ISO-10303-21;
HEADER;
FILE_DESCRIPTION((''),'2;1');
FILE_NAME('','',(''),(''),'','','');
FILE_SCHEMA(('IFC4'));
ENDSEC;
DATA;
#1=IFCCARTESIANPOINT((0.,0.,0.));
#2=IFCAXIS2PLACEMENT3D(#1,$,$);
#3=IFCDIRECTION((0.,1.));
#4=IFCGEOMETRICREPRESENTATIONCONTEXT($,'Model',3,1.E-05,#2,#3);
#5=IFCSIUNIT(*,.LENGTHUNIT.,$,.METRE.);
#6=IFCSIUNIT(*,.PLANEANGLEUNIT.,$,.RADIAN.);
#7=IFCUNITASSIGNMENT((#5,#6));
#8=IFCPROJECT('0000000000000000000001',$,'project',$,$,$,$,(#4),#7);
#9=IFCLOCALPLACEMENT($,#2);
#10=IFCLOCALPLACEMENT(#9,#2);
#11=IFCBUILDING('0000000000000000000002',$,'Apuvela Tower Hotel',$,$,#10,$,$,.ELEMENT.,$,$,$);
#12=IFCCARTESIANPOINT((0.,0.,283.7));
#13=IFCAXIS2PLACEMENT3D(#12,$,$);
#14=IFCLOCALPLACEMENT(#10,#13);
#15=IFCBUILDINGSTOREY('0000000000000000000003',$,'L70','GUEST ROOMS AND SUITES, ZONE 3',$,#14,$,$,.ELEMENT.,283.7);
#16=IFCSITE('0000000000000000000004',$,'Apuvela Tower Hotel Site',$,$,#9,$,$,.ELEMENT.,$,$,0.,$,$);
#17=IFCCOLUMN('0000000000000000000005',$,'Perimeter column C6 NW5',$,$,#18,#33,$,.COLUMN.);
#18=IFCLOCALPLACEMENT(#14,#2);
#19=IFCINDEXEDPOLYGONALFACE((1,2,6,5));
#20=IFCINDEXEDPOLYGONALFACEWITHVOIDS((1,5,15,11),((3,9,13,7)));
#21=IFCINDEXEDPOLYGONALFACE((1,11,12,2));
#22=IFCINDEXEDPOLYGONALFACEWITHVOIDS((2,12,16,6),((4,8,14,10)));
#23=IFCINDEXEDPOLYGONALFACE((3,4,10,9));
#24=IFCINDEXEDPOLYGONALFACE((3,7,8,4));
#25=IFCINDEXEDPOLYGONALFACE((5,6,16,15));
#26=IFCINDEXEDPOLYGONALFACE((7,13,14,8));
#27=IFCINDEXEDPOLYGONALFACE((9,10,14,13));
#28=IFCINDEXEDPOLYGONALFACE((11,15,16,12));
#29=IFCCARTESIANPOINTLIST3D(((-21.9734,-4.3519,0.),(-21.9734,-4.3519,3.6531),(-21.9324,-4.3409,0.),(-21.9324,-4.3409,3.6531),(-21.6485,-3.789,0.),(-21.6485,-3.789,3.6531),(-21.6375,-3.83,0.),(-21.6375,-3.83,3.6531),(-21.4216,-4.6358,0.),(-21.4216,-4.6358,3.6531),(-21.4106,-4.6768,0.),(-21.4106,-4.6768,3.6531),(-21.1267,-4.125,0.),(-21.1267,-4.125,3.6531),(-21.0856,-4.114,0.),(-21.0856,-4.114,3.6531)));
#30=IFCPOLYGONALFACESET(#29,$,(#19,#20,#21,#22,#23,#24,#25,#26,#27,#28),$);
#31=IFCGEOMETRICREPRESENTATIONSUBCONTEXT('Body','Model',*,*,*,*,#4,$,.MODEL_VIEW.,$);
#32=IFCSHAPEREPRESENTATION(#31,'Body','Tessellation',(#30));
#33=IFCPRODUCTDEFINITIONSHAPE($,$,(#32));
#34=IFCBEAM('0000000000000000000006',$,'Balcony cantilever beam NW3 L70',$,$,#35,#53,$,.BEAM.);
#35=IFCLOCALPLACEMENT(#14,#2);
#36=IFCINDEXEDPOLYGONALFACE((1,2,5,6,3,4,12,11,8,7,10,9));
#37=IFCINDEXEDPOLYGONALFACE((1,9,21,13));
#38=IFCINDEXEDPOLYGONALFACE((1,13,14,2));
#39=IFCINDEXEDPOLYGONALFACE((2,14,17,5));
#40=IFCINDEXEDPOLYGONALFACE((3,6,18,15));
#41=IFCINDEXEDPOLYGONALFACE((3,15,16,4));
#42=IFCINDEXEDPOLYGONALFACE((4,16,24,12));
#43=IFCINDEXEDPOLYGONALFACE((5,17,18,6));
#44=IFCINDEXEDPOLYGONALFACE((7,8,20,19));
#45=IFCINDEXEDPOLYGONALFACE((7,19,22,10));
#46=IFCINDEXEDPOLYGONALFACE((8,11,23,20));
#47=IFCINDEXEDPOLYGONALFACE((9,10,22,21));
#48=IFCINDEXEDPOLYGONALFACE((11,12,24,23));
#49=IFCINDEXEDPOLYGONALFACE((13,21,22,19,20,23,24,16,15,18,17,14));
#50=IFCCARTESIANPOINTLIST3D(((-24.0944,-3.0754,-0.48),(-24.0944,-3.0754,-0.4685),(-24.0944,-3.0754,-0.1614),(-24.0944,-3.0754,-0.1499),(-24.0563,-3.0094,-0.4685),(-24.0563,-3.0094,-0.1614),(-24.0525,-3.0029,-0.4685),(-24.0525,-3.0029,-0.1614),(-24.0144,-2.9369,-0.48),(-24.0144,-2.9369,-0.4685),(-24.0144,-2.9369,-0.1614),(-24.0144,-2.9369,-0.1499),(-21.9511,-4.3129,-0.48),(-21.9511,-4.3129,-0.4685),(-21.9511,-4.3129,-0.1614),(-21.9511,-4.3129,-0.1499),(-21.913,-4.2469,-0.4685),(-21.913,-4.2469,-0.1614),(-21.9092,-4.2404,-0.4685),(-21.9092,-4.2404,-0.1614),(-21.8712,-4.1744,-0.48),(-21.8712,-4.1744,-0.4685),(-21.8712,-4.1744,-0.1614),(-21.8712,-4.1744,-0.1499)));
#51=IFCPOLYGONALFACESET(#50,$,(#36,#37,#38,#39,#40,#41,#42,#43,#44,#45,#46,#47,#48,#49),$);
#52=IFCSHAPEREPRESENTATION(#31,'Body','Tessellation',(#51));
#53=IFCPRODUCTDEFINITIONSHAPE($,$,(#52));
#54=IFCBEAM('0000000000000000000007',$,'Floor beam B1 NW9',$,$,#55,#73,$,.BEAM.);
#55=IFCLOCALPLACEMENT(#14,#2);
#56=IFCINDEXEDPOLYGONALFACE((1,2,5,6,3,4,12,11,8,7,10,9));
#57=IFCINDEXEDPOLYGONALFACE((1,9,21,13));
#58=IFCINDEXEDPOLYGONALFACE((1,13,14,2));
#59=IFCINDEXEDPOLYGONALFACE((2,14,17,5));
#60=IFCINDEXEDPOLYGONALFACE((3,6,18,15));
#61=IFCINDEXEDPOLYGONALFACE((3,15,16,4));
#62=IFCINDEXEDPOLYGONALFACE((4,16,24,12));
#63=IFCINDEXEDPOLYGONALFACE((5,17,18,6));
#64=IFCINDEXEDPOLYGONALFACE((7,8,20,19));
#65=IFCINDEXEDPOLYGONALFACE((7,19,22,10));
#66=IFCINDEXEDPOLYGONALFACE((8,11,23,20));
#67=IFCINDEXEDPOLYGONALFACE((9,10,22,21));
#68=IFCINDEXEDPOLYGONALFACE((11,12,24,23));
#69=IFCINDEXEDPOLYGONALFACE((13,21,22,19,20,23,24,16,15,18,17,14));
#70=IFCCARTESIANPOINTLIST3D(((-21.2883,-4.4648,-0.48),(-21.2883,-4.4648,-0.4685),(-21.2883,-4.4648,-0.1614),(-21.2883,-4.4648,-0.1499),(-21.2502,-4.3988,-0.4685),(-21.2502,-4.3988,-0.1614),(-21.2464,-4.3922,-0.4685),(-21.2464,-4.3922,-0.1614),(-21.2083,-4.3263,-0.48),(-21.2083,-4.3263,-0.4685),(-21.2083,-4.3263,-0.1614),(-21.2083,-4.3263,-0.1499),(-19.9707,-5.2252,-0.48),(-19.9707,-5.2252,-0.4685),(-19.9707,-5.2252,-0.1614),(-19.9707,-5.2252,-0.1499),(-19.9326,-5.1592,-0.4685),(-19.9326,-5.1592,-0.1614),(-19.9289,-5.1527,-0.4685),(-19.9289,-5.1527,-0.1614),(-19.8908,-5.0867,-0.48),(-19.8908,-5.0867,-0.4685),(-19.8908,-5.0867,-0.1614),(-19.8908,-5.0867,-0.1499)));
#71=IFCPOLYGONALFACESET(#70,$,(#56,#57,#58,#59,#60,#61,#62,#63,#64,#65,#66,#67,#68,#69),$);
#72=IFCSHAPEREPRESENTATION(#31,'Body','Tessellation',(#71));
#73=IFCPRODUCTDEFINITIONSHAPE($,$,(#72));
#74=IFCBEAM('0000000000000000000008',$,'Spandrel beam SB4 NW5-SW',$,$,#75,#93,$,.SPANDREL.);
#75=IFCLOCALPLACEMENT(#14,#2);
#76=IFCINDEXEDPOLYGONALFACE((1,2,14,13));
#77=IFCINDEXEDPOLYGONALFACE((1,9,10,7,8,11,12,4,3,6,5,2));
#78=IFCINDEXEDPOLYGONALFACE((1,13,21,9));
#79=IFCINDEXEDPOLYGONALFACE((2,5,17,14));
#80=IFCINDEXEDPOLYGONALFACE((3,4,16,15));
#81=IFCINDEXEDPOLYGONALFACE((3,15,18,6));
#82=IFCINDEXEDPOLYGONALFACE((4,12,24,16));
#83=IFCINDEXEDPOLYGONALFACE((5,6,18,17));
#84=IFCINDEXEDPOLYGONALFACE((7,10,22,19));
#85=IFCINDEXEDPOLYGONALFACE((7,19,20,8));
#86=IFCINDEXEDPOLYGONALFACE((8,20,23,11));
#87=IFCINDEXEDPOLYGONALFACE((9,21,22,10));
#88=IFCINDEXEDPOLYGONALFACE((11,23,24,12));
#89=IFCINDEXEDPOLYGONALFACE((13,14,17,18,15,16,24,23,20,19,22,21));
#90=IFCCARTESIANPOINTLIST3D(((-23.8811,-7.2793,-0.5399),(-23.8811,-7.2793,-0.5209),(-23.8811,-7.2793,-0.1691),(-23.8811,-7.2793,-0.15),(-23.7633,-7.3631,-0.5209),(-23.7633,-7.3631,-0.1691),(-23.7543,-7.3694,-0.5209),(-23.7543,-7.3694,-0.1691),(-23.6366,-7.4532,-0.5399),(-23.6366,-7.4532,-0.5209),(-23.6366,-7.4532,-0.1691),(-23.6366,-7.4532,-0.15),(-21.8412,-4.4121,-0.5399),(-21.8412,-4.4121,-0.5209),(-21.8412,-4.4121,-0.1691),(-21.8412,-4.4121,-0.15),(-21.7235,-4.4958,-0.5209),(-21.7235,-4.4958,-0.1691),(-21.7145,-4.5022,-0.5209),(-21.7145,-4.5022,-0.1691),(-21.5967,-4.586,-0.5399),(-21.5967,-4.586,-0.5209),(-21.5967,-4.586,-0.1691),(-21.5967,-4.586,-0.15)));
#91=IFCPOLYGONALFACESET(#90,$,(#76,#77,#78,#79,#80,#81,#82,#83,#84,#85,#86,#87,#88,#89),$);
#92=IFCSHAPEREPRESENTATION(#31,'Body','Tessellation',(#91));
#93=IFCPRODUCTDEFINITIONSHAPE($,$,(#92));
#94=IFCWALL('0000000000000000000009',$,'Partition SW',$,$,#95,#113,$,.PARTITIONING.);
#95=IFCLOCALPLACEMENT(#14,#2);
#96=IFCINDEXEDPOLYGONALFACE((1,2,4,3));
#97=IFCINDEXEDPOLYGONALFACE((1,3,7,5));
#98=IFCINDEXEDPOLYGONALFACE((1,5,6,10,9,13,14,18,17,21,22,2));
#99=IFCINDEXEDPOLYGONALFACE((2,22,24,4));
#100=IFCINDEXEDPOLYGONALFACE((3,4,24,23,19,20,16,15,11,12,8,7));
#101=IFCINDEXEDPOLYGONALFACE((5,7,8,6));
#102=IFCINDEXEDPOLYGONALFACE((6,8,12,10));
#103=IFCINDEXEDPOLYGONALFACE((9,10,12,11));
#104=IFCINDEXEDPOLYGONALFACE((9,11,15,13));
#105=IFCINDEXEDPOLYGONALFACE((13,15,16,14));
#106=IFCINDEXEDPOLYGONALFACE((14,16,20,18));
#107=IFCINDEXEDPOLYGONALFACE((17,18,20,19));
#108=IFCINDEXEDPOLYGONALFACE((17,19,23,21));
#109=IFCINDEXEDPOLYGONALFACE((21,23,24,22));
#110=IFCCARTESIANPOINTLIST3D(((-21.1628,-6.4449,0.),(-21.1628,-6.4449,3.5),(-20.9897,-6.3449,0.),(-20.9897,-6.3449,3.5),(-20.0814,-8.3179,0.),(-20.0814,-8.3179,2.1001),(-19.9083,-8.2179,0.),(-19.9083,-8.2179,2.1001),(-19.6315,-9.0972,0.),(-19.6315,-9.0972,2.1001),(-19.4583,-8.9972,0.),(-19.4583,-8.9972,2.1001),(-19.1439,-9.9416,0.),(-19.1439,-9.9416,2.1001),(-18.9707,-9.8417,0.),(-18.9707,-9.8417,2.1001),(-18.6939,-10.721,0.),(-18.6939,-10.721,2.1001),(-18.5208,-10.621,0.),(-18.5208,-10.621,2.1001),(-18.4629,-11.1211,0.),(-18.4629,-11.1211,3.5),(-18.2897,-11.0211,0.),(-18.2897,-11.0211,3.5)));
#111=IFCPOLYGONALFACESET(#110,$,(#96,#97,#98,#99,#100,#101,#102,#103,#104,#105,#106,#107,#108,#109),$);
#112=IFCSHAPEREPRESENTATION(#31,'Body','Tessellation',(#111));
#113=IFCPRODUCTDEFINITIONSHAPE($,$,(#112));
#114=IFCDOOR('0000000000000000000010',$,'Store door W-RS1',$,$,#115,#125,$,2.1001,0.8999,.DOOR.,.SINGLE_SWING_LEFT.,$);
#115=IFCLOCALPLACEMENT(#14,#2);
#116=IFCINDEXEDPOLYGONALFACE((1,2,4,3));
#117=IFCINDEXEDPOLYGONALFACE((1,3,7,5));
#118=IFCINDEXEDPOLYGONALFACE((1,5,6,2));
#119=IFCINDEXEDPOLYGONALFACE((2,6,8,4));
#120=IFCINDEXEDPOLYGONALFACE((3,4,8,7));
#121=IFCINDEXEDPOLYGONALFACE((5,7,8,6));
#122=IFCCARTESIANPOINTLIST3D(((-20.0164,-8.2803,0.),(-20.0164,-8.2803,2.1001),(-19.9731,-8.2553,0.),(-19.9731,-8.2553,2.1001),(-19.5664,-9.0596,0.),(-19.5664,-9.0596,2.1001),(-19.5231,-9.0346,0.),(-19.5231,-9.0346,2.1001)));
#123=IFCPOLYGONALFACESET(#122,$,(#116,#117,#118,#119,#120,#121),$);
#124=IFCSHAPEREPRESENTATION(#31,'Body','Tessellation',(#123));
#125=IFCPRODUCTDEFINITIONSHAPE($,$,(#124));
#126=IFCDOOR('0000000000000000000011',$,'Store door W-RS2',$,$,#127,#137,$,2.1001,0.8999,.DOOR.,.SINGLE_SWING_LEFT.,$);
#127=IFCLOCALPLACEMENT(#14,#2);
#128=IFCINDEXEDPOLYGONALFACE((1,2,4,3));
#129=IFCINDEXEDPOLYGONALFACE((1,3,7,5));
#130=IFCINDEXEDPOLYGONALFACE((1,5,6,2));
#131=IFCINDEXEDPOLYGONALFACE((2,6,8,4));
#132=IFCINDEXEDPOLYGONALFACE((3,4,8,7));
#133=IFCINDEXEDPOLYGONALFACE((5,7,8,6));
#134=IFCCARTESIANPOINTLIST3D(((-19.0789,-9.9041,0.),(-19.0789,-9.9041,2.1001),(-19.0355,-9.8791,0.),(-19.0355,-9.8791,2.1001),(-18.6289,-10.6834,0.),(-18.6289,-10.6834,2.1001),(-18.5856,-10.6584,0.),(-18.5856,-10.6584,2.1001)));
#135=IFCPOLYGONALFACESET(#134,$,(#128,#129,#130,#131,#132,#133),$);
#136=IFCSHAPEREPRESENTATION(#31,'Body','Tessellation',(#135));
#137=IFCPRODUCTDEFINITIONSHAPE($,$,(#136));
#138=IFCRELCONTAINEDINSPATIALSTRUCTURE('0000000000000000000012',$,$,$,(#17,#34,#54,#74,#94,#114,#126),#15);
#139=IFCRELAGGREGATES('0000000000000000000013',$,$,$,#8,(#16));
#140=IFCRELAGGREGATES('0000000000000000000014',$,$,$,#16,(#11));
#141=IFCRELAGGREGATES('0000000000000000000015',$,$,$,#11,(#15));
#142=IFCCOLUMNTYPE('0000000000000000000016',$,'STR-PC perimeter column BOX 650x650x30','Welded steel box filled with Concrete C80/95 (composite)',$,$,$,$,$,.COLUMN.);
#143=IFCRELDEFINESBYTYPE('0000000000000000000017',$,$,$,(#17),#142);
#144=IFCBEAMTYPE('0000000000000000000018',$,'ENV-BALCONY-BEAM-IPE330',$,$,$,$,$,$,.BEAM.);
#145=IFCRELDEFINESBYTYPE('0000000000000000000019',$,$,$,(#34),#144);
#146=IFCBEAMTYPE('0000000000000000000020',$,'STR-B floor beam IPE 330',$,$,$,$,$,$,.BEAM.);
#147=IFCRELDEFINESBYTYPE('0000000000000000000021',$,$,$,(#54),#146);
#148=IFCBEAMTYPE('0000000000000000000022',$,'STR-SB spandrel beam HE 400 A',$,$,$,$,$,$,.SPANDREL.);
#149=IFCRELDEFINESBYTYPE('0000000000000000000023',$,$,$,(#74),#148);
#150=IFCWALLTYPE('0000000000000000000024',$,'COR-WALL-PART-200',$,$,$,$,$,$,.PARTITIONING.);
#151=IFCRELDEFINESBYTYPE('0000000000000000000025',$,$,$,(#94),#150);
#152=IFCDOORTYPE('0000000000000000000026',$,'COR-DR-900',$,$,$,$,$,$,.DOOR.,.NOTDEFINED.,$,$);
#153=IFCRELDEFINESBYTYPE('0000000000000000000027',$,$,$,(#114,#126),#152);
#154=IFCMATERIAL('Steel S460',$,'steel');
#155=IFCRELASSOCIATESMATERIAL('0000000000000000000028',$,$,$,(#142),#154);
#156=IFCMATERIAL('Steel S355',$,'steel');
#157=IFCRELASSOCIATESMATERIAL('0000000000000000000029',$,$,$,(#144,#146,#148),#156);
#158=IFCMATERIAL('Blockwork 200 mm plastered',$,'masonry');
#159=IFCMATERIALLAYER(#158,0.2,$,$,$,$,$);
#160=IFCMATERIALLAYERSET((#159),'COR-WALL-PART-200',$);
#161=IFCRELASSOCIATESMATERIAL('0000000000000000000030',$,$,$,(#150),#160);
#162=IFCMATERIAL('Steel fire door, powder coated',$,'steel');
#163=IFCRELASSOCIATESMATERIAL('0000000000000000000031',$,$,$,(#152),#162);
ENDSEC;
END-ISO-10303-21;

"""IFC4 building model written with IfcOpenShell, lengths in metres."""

from ifc_helpers import new_model, si_unit, direction, frame, frame_2d, origin, origin_2d, place, context, subcontext, project, spatial, rectangle, hollow_rectangle, i_section, extrude, boolean, halfspace, material, layer, layer_set, material_profile, profile_set, type_object, element, fill, save


model = new_model("IFC4")

# Units and contexts
model_context = context("Model", 3, precision=1e-05, world=origin(), true_north=direction((0.0, 1.0)))
body_context = subcontext(model_context, "Body", "Model", "MODEL_VIEW")
ifc_project = project(units=[si_unit("LENGTHUNIT", "METRE"), si_unit("PLANEANGLEUNIT", "RADIAN")], contexts=[model_context])

# Site, building, storey
site_placement = place(None, origin())
site = spatial("IfcSite", under=ifc_project, at=site_placement, Name="Apuvela Tower Hotel Site", CompositionType="ELEMENT", RefElevation=0.0)
building_placement = place(site_placement, origin())
building = spatial("IfcBuilding", under=site, at=building_placement, Name="Apuvela Tower Hotel", CompositionType="ELEMENT")
storey_placement = place(building_placement, frame((0.0, 0.0, 283.7)))
storey = spatial("IfcBuildingStorey", under=building, at=storey_placement, Name="L70", Description="GUEST ROOMS AND SUITES, ZONE 3", CompositionType="ELEMENT", Elevation=283.7)

# Column
ifc_material_1 = material(Name="Steel S460", Category="steel")
ifc_material_profile_1 = material_profile(ifc_material_1, hollow_rectangle(XDim=0.6499, YDim=0.6499, WallThickness=0.03, at=origin_2d()), Name="BOX 650x650x30")
ifc_material_2 = material(Name="Concrete C80/95", Category="concrete")
ifc_material_profile_2 = material_profile(ifc_material_2, rectangle(XDim=0.5901, YDim=0.5901, at=origin_2d()), Name="Concrete C80/95 infill")
ifc_profile_set_1 = profile_set([ifc_material_profile_1, ifc_material_profile_2], Name="Steel S460")
column_type = type_object("IfcColumnType", Name="STR-PC perimeter column BOX 650x650x30", Description="Welded steel box filled with Concrete C80/95 (composite)", PredefinedType="COLUMN", material=ifc_profile_set_1)
column_placement = place(storey_placement, frame((-21.5295, -4.2329, 0.0), z_axis=(0.0, 0.0, 1.0), x_axis=(0.5, 0.866025, 0.0)))
element("IfcColumn", 1, at=column_placement, inside=storey, type_object=column_type, Name="Perimeter column C6 NW5", PredefinedType="COLUMN", context=body_context, shape_type="SweptSolid", body=[
    boolean("DIFFERENCE", extrude(hollow_rectangle(XDim=0.6499, YDim=0.6499, WallThickness=0.03, at=origin_2d()), origin(), (0.0, 0.0, 1.0), 3.7), halfspace(frame((0.0, 0.0, 3.6531), z_axis=(0.0, 0.0, 1.0), x_axis=(1.0, 0.0, 0.0)), False)),
])

# Beams
ifc_material_3 = material(Name="Steel S355", Category="steel")
ifc_material_profile_3 = material_profile(ifc_material_3, i_section(OverallWidth=0.1599, OverallDepth=0.3301, WebThickness=0.0076, FlangeThickness=0.0115, at=origin_2d()), Name="IPE 330")
ifc_profile_set_2 = profile_set([ifc_material_profile_3], Name="Steel S355")
beam_type_1 = type_object("IfcBeamType", Name="ENV-BALCONY-BEAM-IPE330", PredefinedType="BEAM", material=ifc_profile_set_2)
beam_1_placement = place(storey_placement, frame((-21.9111, -4.2437, -0.3149), z_axis=(-0.866007, 0.500033, 0.0), x_axis=(-0.500033, -0.866007, 0.0)))
element("IfcBeam", 2, at=beam_1_placement, inside=storey, type_object=beam_type_1, Name="Balcony cantilever beam NW3 L70", PredefinedType="BEAM", context=body_context, shape_type="SweptSolid", body=[
    extrude(i_section(OverallWidth=0.1599, OverallDepth=0.3301, WebThickness=0.0076, FlangeThickness=0.0115, at=origin_2d()), origin(), (0.0, 0.0, 1.0), 2.4749),
])
ifc_material_profile_4 = material_profile(ifc_material_3, i_section(OverallWidth=0.1599, OverallDepth=0.3301, WebThickness=0.0076, FlangeThickness=0.0115, at=origin_2d()), Name="IPE 330")
ifc_profile_set_3 = profile_set([ifc_material_profile_4], Name="Steel S355")
beam_type_2 = type_object("IfcBeamType", Name="STR-B floor beam IPE 330", PredefinedType="BEAM", material=ifc_profile_set_3)
beam_2_placement = place(storey_placement, frame((-21.2483, -4.3955, -0.3149), z_axis=(0.866092, -0.499885, 0.0), x_axis=(0.499885, 0.866092, 0.0)))
element("IfcBeam", 3, at=beam_2_placement, inside=storey, type_object=beam_type_2, Name="Floor beam B1 NW9", PredefinedType="BEAM", context=body_context, shape_type="SweptSolid", body=[
    extrude(i_section(OverallWidth=0.1599, OverallDepth=0.3301, WebThickness=0.0076, FlangeThickness=0.0115, at=origin_2d()), origin(), (0.0, 0.0, 1.0), 1.5212),
])
ifc_material_profile_5 = material_profile(ifc_material_3, i_section(OverallWidth=0.3, OverallDepth=0.3899, WebThickness=0.011, FlangeThickness=0.019, at=origin_2d()), Name="HE 400 A")
ifc_profile_set_4 = profile_set([ifc_material_profile_5], Name="Steel S355")
beam_type_3 = type_object("IfcBeamType", Name="STR-SB spandrel beam HE 400 A", PredefinedType="SPANDREL", material=ifc_profile_set_4)
beam_3_placement = place(storey_placement, frame((-21.719, -4.499, -0.345), z_axis=(-0.579695, -0.814834, 0.0), x_axis=(0.814834, -0.579695, 0.0)))
element("IfcBeam", 4, at=beam_3_placement, inside=storey, type_object=beam_type_3, Name="Spandrel beam SB4 NW5-SW", PredefinedType="SPANDREL", context=body_context, shape_type="SweptSolid", body=[
    extrude(i_section(OverallWidth=0.3, OverallDepth=0.3899, WebThickness=0.011, FlangeThickness=0.019, at=origin_2d()), origin(), (0.0, 0.0, 1.0), 3.5188),
])

# Wall, openings, doors
ifc_material_4 = material(Name="Blockwork 200 mm plastered", Category="masonry")
ifc_layer_1 = layer(ifc_material_4, 0.2)
ifc_layer_set_1 = layer_set([ifc_layer_1], Name="COR-WALL-PART-200")
wall_type_1 = type_object("IfcWallType", Name="COR-WALL-PART-200", PredefinedType="PARTITIONING", material=ifc_layer_set_1)
wall_1_placement = place(storey_placement, frame((-21.0762, -6.395, 0.0), z_axis=(0.0, 0.0, 1.0), x_axis=(0.500015, -0.866017, 0.0)))
wall_1 = element("IfcWall", 5, at=wall_1_placement, inside=storey, type_object=wall_type_1, Name="Partition SW", PredefinedType="PARTITIONING", context=body_context, shape_type="SweptSolid", body=[
    extrude(rectangle(XDim=5.3997, YDim=0.2, at=frame_2d((2.6997, 0.0))), origin(), (0.0, 0.0, 1.0), 3.5),
])
opening_1_placement = place(wall_1_placement, frame((2.1626, 0.0, 0.0)))
opening_1 = element("IfcOpeningElement", 6, at=opening_1_placement, cuts=wall_1, PredefinedType="OPENING", context=body_context, shape_type="SweptSolid", body=[
    extrude(rectangle(XDim=0.8999, YDim=2.1001, at=frame_2d((0.45, 1.05))), frame((0.0, 0.1099, 0.0), z_axis=(0.0, -1.0, 0.0), x_axis=(1.0, 0.0, 0.0)), (0.0, 0.0, 1.0), 0.22),
])
opening_2_placement = place(wall_1_placement, frame((4.0376, 0.0, 0.0)))
opening_2 = element("IfcOpeningElement", 7, at=opening_2_placement, cuts=wall_1, PredefinedType="OPENING", context=body_context, shape_type="SweptSolid", body=[
    extrude(rectangle(XDim=0.8999, YDim=2.1001, at=frame_2d((0.45, 1.05))), frame((0.0, 0.1099, 0.0), z_axis=(0.0, -1.0, 0.0), x_axis=(1.0, 0.0, 0.0)), (0.0, 0.0, 1.0), 0.22),
])
ifc_material_5 = material(Name="Steel fire door, powder coated", Category="steel")
door_type_1 = type_object("IfcDoorType", Name="COR-DR-900", OperationType="NOTDEFINED", PredefinedType="DOOR", material=ifc_material_5)
door_1_placement = place(opening_1_placement, frame((0.8999, 0.0, 0.0), z_axis=(0.0, 0.0, 1.0), x_axis=(-1.0, 0.0, 0.0)))
door_1 = element("IfcDoor", 8, at=door_1_placement, inside=storey, type_object=door_type_1, Name="Store door W-RS1", OperationType="SINGLE_SWING_LEFT", OverallHeight=2.1001, OverallWidth=0.8999, PredefinedType="DOOR", context=body_context, shape_type="SweptSolid", body=[
    extrude(rectangle(XDim=0.8999, YDim=2.1001, at=frame_2d((0.45, 1.05))), frame((0.0, 0.0249, 0.0), z_axis=(0.0, -1.0, 0.0), x_axis=(1.0, 0.0, 0.0)), (0.0, 0.0, 1.0), 0.05),
])
fill(opening_1, door_1)
door_2_placement = place(opening_2_placement, frame((0.8999, 0.0, 0.0), z_axis=(0.0, 0.0, 1.0), x_axis=(-1.0, 0.0, 0.0)))
door_2 = element("IfcDoor", 9, at=door_2_placement, inside=storey, type_object=door_type_1, Name="Store door W-RS2", OperationType="SINGLE_SWING_LEFT", OverallHeight=2.1001, OverallWidth=0.8999, PredefinedType="DOOR", context=body_context, shape_type="SweptSolid", body=[
    extrude(rectangle(XDim=0.8999, YDim=2.1001, at=frame_2d((0.45, 1.05))), frame((0.0, 0.0249, 0.0), z_axis=(0.0, -1.0, 0.0), x_axis=(1.0, 0.0, 0.0)), (0.0, 0.0, 1.0), 0.05),
])
fill(opening_2, door_2)

save(model, "model.ifc")
